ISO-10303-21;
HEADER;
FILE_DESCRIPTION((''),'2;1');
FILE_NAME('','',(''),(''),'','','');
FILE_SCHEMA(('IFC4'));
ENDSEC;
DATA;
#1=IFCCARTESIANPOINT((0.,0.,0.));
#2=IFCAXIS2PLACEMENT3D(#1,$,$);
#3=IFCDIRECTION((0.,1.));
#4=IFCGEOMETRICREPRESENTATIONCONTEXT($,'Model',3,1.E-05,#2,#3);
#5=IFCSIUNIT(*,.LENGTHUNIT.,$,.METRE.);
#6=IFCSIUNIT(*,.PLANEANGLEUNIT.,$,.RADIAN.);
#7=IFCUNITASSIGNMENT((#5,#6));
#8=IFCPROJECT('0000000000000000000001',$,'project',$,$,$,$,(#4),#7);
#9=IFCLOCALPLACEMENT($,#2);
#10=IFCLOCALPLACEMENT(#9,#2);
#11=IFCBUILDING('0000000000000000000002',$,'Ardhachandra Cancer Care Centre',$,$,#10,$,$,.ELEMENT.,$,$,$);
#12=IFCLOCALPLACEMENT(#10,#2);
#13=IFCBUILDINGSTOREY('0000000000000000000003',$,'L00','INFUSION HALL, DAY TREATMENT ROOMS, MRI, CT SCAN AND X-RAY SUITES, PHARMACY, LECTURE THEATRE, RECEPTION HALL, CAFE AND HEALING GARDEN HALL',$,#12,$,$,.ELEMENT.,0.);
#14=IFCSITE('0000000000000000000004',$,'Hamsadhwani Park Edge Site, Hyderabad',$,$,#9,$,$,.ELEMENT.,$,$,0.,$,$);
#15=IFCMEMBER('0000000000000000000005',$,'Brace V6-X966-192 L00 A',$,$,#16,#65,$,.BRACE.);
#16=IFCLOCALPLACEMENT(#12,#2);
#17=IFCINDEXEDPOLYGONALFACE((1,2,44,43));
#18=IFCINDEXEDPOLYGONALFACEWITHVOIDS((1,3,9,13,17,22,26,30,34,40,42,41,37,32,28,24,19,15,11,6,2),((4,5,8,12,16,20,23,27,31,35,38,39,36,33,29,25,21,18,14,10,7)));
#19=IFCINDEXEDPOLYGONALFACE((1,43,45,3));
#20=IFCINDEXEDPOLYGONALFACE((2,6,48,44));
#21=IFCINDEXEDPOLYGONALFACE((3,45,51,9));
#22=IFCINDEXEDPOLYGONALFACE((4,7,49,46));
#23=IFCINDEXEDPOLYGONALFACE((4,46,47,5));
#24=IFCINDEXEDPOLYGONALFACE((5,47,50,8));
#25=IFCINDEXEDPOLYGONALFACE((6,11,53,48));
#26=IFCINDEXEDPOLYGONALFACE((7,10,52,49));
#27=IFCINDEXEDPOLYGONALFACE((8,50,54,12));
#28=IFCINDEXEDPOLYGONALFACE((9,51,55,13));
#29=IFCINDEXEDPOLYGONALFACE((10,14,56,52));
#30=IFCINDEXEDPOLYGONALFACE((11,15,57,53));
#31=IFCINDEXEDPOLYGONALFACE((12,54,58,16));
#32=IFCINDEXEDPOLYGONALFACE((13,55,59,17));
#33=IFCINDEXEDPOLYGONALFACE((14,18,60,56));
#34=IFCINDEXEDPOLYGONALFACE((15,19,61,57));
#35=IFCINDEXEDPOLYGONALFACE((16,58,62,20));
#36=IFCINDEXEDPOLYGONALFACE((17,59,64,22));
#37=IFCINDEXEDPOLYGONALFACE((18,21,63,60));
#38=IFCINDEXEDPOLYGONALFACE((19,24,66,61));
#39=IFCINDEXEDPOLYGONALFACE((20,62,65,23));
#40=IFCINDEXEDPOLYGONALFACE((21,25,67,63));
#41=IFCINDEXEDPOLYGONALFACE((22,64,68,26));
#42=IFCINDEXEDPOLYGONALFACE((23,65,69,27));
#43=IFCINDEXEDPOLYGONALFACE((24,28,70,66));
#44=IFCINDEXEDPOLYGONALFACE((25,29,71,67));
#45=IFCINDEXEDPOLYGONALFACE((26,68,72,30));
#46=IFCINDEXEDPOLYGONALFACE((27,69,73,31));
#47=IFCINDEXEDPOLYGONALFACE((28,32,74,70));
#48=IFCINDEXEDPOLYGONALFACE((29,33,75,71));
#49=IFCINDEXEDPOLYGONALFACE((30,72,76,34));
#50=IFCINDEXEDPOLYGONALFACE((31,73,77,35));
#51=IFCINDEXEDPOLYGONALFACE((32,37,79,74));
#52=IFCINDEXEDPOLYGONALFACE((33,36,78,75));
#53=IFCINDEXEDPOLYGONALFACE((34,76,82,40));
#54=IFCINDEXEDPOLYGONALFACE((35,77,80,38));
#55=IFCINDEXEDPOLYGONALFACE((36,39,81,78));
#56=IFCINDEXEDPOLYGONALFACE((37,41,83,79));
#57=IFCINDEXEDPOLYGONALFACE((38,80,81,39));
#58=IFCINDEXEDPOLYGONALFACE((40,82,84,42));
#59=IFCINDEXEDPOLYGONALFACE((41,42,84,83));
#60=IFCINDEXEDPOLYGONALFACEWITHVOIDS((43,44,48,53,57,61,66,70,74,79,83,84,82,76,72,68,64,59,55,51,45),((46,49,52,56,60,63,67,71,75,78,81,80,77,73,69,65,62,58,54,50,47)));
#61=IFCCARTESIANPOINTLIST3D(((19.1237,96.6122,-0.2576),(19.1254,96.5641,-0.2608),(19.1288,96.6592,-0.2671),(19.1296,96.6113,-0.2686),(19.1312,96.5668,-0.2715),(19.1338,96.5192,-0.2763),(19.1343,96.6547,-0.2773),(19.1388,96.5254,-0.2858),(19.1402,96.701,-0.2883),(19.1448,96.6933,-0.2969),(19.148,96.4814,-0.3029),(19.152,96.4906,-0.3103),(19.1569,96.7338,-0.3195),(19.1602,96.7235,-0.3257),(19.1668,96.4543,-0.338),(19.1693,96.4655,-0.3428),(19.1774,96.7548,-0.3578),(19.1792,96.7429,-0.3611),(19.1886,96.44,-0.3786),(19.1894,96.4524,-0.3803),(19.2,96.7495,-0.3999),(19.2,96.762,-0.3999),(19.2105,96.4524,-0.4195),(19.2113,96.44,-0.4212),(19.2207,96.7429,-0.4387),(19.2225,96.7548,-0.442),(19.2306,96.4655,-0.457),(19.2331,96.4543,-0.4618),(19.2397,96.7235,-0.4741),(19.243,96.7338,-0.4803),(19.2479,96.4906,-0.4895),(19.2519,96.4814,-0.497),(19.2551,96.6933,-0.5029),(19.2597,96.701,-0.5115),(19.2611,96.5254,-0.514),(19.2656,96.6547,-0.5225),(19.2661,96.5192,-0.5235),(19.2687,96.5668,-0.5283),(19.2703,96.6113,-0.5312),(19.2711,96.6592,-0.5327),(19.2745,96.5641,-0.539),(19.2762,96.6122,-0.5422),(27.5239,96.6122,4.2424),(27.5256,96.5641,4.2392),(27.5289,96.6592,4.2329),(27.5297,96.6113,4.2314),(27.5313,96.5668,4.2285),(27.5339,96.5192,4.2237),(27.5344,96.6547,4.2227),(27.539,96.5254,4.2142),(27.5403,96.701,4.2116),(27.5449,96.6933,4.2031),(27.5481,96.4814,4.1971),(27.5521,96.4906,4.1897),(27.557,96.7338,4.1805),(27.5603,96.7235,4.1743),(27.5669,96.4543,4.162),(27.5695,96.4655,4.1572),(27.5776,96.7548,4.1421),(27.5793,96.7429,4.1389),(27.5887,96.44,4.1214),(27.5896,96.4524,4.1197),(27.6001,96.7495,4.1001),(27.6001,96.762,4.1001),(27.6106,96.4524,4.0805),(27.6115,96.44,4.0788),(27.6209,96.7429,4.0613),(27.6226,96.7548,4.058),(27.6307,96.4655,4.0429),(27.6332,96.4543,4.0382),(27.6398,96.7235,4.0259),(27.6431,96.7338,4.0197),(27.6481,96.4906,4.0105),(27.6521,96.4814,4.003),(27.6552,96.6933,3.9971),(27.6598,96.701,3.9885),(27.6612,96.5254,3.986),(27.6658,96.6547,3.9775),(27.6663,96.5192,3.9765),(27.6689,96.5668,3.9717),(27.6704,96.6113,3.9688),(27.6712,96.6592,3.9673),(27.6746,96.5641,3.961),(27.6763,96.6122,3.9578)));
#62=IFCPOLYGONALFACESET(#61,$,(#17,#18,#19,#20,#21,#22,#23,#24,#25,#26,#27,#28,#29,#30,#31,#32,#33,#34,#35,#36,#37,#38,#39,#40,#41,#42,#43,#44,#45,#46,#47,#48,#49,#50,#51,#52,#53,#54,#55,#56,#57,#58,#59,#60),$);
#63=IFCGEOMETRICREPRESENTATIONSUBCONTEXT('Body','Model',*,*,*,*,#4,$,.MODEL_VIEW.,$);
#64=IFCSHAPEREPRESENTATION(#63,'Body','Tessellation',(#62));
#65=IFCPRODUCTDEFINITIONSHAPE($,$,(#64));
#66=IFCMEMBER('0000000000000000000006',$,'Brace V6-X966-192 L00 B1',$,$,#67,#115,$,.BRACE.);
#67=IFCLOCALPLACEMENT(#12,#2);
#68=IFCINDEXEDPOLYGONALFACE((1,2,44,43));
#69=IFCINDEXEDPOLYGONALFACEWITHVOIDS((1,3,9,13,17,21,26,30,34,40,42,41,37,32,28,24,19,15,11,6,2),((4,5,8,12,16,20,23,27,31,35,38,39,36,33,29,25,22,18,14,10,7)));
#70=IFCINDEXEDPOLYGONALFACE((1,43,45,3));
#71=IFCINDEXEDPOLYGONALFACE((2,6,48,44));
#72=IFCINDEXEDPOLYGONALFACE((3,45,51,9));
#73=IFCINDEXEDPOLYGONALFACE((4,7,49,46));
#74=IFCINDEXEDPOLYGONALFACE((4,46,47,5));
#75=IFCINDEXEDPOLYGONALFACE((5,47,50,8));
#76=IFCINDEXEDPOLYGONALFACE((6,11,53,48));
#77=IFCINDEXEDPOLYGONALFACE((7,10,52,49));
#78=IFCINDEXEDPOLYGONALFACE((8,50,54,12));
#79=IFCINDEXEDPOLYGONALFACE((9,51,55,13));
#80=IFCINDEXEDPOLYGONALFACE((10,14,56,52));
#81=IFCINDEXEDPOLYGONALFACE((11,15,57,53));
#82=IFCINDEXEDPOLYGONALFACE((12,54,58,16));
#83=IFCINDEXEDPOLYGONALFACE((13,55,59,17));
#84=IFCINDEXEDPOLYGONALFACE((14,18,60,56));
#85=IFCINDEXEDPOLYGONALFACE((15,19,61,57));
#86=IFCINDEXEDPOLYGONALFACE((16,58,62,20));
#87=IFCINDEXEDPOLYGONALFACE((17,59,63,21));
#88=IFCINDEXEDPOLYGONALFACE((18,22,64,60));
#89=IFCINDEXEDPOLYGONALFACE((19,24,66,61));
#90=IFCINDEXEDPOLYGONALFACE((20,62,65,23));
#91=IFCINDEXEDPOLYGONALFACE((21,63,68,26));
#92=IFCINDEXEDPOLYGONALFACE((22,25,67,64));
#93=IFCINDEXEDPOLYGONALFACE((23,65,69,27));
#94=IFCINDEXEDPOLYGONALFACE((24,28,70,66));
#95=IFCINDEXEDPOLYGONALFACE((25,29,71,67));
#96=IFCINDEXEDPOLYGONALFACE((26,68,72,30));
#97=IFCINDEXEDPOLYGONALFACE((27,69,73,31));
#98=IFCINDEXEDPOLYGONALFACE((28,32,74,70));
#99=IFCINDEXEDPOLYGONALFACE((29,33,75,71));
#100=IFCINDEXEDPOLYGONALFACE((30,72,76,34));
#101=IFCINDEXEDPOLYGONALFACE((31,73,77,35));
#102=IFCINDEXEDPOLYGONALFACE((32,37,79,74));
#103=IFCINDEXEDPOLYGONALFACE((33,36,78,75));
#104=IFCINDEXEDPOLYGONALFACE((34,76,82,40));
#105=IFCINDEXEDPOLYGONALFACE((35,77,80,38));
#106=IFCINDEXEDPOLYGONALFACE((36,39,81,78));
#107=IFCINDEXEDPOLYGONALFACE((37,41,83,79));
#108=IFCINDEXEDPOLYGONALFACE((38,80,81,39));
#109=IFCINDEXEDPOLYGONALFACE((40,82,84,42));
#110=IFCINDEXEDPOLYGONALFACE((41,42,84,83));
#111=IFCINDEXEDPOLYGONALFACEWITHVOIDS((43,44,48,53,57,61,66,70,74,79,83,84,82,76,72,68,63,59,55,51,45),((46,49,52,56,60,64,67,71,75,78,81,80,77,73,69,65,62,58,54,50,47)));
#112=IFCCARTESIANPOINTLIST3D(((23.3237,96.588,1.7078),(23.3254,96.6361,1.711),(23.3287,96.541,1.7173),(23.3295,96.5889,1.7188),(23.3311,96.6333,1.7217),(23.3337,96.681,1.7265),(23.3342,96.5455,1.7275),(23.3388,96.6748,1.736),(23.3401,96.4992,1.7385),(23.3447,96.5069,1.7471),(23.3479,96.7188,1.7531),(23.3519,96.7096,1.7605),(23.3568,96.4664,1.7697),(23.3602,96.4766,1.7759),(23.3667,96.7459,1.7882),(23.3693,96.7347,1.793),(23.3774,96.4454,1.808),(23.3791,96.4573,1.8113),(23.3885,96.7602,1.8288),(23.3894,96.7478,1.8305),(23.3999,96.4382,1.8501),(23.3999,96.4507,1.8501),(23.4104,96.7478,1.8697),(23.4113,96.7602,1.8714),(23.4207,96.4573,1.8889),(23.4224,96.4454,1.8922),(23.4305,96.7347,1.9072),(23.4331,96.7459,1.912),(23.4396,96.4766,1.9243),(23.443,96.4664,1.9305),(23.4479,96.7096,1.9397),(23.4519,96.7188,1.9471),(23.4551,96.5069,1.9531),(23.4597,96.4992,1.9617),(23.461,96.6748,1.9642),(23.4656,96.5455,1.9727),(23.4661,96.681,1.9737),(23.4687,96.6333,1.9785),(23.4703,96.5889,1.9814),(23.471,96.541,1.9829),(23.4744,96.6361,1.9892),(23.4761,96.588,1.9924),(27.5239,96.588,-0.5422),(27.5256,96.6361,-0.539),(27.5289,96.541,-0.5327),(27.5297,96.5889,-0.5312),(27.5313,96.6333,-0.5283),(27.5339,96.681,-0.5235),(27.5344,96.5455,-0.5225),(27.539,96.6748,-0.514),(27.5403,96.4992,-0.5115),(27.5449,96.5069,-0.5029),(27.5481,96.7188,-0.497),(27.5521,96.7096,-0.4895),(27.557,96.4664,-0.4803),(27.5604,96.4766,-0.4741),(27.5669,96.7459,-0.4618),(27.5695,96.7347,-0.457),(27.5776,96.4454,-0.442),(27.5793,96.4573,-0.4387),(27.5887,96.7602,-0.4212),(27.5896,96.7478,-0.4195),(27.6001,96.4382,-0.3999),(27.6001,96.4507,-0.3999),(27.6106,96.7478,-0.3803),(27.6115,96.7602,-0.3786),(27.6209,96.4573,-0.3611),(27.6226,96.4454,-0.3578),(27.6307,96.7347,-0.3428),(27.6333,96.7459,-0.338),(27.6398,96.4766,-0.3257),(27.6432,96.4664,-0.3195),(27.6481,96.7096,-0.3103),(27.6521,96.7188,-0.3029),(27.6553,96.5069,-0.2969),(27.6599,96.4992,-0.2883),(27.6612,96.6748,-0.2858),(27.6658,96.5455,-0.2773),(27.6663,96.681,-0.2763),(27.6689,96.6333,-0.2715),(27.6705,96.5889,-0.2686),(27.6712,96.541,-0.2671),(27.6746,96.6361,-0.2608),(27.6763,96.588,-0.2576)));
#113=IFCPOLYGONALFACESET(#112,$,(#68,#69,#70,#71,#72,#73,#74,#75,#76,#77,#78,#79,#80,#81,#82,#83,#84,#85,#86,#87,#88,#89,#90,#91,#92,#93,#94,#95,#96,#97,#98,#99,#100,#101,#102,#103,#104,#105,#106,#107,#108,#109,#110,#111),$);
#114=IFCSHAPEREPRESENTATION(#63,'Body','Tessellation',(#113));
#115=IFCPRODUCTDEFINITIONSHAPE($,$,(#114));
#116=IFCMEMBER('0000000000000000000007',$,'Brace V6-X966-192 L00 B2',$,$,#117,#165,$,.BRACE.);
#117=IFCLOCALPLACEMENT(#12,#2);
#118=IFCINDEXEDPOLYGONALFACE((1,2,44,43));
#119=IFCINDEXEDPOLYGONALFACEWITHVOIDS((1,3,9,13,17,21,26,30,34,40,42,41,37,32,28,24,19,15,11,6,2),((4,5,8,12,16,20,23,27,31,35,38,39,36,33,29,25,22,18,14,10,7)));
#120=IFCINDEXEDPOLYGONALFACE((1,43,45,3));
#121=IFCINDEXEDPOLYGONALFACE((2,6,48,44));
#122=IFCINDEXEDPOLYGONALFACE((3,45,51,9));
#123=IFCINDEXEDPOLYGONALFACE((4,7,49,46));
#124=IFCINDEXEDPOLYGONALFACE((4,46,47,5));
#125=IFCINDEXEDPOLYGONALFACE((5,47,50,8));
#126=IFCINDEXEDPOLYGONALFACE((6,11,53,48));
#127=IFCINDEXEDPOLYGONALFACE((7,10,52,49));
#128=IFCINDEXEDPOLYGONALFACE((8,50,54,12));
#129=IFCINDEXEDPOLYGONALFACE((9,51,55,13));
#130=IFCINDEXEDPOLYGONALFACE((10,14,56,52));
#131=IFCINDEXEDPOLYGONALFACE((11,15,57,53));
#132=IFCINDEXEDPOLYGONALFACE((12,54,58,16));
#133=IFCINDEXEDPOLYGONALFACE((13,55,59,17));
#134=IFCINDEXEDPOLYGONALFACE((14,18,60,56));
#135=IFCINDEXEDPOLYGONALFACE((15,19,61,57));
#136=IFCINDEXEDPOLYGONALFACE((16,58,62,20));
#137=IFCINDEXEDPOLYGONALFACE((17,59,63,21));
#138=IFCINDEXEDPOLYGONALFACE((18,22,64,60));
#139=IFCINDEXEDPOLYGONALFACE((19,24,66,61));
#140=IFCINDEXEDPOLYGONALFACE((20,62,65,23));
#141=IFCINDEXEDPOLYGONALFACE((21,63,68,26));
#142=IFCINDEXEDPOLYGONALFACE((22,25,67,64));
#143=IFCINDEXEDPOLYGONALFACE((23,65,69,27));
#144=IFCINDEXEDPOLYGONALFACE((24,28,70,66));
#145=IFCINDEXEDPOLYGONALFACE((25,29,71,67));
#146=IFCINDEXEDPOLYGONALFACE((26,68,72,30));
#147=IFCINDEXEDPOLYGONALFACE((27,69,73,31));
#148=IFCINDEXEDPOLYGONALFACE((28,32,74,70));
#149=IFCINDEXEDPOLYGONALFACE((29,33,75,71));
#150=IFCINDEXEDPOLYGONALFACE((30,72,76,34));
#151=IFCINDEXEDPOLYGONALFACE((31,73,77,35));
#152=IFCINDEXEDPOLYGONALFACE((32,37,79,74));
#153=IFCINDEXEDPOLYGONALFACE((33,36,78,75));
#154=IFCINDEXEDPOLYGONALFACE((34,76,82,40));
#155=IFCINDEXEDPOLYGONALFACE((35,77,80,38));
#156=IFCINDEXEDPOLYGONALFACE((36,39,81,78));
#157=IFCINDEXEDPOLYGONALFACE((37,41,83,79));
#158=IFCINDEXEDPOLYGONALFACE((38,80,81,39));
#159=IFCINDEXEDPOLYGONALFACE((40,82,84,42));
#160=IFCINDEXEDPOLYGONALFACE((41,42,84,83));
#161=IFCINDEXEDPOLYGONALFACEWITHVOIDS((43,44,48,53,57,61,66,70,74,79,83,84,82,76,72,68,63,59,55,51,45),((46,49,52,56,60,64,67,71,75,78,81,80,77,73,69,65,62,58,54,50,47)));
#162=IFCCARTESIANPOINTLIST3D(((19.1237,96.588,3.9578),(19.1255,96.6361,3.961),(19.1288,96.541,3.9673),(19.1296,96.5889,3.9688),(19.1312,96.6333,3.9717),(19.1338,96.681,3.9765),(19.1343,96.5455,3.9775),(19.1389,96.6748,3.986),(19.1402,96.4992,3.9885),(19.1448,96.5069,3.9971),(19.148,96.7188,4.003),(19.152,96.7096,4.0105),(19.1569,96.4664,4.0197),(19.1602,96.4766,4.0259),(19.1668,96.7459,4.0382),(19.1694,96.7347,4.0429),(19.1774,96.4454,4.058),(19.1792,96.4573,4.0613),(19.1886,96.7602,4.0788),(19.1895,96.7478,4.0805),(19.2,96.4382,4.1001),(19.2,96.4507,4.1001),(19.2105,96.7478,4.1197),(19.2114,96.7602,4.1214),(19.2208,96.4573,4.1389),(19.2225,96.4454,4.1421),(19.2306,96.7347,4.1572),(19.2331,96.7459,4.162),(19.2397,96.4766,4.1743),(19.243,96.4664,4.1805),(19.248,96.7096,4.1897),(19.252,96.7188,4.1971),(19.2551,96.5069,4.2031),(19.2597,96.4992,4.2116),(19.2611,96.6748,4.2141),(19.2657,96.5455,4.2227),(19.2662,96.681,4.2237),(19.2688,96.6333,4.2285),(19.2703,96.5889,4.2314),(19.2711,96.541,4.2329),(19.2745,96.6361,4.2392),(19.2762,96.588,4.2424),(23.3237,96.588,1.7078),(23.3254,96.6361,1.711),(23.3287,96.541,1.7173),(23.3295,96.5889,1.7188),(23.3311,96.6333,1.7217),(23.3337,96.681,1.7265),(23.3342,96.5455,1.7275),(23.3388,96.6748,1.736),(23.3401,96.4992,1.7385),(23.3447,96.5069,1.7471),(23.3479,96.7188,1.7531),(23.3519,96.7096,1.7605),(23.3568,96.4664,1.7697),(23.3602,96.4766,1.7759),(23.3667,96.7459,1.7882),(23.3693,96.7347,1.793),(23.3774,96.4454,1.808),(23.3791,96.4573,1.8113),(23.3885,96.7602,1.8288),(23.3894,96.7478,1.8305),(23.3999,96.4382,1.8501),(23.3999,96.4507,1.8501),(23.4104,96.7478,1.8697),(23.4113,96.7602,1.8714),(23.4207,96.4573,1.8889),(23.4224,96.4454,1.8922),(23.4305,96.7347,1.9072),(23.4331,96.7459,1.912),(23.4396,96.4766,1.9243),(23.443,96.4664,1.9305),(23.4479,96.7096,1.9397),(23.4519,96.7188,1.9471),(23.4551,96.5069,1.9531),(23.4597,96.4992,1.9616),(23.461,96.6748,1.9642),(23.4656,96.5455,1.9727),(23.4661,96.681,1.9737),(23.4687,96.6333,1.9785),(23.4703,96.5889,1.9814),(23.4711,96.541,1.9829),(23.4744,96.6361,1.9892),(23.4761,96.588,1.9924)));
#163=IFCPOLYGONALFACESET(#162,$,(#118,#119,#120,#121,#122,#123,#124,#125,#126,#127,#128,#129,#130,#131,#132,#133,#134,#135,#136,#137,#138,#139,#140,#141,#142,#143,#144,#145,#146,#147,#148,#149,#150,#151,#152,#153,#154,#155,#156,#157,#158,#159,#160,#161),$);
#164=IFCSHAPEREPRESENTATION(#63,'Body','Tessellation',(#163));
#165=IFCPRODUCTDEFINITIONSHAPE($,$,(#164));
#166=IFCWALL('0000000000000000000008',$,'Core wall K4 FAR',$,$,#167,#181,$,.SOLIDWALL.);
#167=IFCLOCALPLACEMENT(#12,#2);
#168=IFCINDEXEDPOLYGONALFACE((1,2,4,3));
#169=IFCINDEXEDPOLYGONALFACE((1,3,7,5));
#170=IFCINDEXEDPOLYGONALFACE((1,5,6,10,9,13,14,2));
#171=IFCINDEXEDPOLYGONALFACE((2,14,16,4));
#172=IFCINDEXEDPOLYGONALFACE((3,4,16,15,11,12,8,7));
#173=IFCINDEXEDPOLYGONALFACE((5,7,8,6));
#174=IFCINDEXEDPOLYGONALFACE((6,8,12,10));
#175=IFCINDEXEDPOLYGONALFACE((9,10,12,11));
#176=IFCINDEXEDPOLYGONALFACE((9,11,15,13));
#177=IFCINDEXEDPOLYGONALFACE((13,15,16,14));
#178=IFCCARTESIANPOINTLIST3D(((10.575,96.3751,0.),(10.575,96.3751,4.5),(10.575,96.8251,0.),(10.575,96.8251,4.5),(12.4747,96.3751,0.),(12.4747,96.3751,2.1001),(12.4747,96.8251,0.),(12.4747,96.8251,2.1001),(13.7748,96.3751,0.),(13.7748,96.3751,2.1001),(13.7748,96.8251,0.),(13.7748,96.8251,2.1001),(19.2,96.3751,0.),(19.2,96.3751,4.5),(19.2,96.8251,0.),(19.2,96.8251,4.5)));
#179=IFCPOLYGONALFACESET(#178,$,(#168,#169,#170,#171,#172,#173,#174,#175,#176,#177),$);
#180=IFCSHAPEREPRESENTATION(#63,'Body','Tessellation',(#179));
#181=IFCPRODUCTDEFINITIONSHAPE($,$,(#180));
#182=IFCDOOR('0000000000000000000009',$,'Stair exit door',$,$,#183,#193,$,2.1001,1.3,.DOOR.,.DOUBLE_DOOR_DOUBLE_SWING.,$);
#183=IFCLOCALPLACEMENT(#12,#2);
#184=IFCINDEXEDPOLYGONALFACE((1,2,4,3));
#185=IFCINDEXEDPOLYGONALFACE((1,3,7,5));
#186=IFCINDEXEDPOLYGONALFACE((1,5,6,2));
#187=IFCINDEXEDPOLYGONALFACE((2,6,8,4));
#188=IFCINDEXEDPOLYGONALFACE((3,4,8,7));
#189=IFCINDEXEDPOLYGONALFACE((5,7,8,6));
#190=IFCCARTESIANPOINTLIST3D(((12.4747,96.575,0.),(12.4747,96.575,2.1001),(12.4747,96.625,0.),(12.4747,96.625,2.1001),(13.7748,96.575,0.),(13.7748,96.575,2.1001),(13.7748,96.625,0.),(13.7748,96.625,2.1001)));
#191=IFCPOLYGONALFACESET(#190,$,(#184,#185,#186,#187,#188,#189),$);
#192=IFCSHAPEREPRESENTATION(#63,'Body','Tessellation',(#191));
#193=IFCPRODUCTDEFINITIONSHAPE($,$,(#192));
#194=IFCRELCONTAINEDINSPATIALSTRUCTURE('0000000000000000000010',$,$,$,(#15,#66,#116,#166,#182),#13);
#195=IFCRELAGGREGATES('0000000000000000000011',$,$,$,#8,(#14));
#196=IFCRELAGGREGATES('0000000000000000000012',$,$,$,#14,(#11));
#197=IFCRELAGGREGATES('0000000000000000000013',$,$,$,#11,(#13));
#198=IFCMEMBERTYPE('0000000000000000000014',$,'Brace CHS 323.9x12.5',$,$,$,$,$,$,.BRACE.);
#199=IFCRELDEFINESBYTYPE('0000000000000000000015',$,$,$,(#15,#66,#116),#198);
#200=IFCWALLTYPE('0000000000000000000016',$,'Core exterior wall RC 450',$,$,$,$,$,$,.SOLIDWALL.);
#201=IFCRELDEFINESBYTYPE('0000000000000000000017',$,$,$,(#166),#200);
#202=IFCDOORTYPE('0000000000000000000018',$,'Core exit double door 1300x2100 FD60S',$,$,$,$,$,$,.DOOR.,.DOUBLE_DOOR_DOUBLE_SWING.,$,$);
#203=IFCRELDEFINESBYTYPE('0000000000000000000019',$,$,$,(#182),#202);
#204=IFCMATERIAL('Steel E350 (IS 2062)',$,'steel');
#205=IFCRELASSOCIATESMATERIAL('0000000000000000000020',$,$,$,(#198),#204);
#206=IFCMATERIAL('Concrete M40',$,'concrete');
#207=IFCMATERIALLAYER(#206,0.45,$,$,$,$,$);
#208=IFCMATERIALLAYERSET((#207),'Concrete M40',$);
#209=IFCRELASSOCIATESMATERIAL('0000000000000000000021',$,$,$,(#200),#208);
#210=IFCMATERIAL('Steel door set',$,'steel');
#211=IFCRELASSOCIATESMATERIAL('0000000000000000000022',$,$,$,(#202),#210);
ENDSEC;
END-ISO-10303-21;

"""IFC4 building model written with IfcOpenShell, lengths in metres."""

from ifc_helpers import new_model, si_unit, direction, frame, frame_2d, origin, origin_2d, place, context, subcontext, project, spatial, rectangle, hollow_circle, extrude, material, layer, layer_set, material_profile, profile_set, type_object, element, fill, save


model = new_model("IFC4")

# Units and contexts
model_context = context("Model", 3, precision=1e-05, world=origin(), true_north=direction((0.0, 1.0)))
body_context = subcontext(model_context, "Body", "Model", "MODEL_VIEW")
ifc_project = project(units=[si_unit("LENGTHUNIT", "METRE"), si_unit("PLANEANGLEUNIT", "RADIAN")], contexts=[model_context])

# Site, building, storey
site_placement = place(None, origin())
site = spatial("IfcSite", under=ifc_project, at=site_placement, Name="Hamsadhwani Park Edge Site, Hyderabad", CompositionType="ELEMENT", RefElevation=0.0)
building_placement = place(site_placement, origin())
building = spatial("IfcBuilding", under=site, at=building_placement, Name="Ardhachandra Cancer Care Centre", CompositionType="ELEMENT")
storey_placement = place(building_placement, origin())
storey = spatial("IfcBuildingStorey", under=building, at=storey_placement, Name="L00", Description="INFUSION HALL, DAY TREATMENT ROOMS, MRI, CT SCAN AND X-RAY SUITES, PHARMACY, LECTURE THEATRE, RECEPTION HALL, CAFE AND HEALING GARDEN HALL", CompositionType="ELEMENT", Elevation=0.0)

# Members
ifc_material_1 = material(Name="Steel E350 (IS 2062)", Category="steel")
ifc_material_profile_1 = material_profile(ifc_material_1, hollow_circle(Radius=0.1619, WallThickness=0.0125, at=origin_2d()), Name="CHS 323.9x12.5")
ifc_profile_set_1 = profile_set([ifc_material_profile_1], Name="Steel E350 (IS 2062)")
member_type = type_object("IfcMemberType", Name="Brace CHS 323.9x12.5", PredefinedType="BRACE", material=ifc_profile_set_1)
member_1_placement = place(storey_placement, frame((19.2, 96.6001, -0.3999), z_axis=(0.881483, 0.0, 0.472215), x_axis=(0.0, 1.0, 0.0)))
element("IfcMember", 1, at=member_1_placement, inside=storey, type_object=member_type, Name="Brace V6-X966-192 L00 A", PredefinedType="BRACE", context=body_context, shape_type="SweptSolid", body=[
    extrude(hollow_circle(Radius=0.1619, WallThickness=0.0125, at=origin_2d()), origin(), (0.0, 0.0, 1.0), 9.5295),
])
member_2_placement = place(storey_placement, frame((27.6001, 96.6001, -0.3999), z_axis=(-0.881489, 0.0, 0.472204), x_axis=(0.0, -1.0, 0.0)))
element("IfcMember", 2, at=member_2_placement, inside=storey, type_object=member_type, Name="Brace V6-X966-192 L00 B1", PredefinedType="BRACE", context=body_context, shape_type="SweptSolid", body=[
    extrude(hollow_circle(Radius=0.1619, WallThickness=0.0125, at=origin_2d()), origin(), (0.0, 0.0, 1.0), 4.7649),
])
member_3_placement = place(storey_placement, frame((23.3999, 96.6001, 1.8501), z_axis=(-0.881478, 0.0, 0.472226), x_axis=(0.0, -1.0, 0.0)))
element("IfcMember", 3, at=member_3_placement, inside=storey, type_object=member_type, Name="Brace V6-X966-192 L00 B2", PredefinedType="BRACE", context=body_context, shape_type="SweptSolid", body=[
    extrude(hollow_circle(Radius=0.1619, WallThickness=0.0125, at=origin_2d()), origin(), (0.0, 0.0, 1.0), 4.7646),
])

# Wall, opening, door
ifc_material_2 = material(Name="Concrete M40", Category="concrete")
ifc_layer_1 = layer(ifc_material_2, 0.45)
ifc_layer_set_1 = layer_set([ifc_layer_1], Name="Concrete M40")
wall_type_1 = type_object("IfcWallType", Name="Core exterior wall RC 450", PredefinedType="SOLIDWALL", material=ifc_layer_set_1)
wall_1_placement = place(storey_placement, frame((10.575, 96.6001, 0.0), z_axis=(0.0, 0.0, 1.0), x_axis=(1.0, 0.0, 0.0)))
wall_1 = element("IfcWall", 4, at=wall_1_placement, inside=storey, type_object=wall_type_1, Name="Core wall K4 FAR", PredefinedType="SOLIDWALL", context=body_context, shape_type="SweptSolid", body=[
    extrude(rectangle(XDim=8.625, YDim=0.45, at=frame_2d((4.3125, 0.0))), origin(), (0.0, 0.0, 1.0), 4.5),
])
opening_placement = place(wall_1_placement, frame((1.8999, 0.0, 0.0)))
opening = element("IfcOpeningElement", 5, at=opening_placement, cuts=wall_1, PredefinedType="OPENING", context=body_context, shape_type="SweptSolid", body=[
    extrude(rectangle(XDim=1.3, YDim=2.1001, at=frame_2d((0.6499, 1.05))), frame((0.0, 0.2349, 0.0), z_axis=(0.0, -1.0, 0.0), x_axis=(1.0, 0.0, 0.0)), (0.0, 0.0, 1.0), 0.47),
])
ifc_material_3 = material(Name="Steel door set", Category="steel")
door_type = type_object("IfcDoorType", Name="Core exit double door 1300x2100 FD60S", OperationType="DOUBLE_DOOR_DOUBLE_SWING", PredefinedType="DOOR", material=ifc_material_3)
door_placement = place(opening_placement, origin())
door = element("IfcDoor", 6, at=door_placement, inside=storey, type_object=door_type, Name="Stair exit door", OperationType="DOUBLE_DOOR_DOUBLE_SWING", OverallHeight=2.1001, OverallWidth=1.3, PredefinedType="DOOR", context=body_context, shape_type="SweptSolid", body=[
    extrude(rectangle(XDim=1.3, YDim=2.1001, at=frame_2d((0.6499, 1.05))), frame((0.0, 0.0249, 0.0), z_axis=(0.0, -1.0, 0.0), x_axis=(1.0, 0.0, 0.0)), (0.0, 0.0, 1.0), 0.05),
])
fill(opening, door)

save(model, "model.ifc")
